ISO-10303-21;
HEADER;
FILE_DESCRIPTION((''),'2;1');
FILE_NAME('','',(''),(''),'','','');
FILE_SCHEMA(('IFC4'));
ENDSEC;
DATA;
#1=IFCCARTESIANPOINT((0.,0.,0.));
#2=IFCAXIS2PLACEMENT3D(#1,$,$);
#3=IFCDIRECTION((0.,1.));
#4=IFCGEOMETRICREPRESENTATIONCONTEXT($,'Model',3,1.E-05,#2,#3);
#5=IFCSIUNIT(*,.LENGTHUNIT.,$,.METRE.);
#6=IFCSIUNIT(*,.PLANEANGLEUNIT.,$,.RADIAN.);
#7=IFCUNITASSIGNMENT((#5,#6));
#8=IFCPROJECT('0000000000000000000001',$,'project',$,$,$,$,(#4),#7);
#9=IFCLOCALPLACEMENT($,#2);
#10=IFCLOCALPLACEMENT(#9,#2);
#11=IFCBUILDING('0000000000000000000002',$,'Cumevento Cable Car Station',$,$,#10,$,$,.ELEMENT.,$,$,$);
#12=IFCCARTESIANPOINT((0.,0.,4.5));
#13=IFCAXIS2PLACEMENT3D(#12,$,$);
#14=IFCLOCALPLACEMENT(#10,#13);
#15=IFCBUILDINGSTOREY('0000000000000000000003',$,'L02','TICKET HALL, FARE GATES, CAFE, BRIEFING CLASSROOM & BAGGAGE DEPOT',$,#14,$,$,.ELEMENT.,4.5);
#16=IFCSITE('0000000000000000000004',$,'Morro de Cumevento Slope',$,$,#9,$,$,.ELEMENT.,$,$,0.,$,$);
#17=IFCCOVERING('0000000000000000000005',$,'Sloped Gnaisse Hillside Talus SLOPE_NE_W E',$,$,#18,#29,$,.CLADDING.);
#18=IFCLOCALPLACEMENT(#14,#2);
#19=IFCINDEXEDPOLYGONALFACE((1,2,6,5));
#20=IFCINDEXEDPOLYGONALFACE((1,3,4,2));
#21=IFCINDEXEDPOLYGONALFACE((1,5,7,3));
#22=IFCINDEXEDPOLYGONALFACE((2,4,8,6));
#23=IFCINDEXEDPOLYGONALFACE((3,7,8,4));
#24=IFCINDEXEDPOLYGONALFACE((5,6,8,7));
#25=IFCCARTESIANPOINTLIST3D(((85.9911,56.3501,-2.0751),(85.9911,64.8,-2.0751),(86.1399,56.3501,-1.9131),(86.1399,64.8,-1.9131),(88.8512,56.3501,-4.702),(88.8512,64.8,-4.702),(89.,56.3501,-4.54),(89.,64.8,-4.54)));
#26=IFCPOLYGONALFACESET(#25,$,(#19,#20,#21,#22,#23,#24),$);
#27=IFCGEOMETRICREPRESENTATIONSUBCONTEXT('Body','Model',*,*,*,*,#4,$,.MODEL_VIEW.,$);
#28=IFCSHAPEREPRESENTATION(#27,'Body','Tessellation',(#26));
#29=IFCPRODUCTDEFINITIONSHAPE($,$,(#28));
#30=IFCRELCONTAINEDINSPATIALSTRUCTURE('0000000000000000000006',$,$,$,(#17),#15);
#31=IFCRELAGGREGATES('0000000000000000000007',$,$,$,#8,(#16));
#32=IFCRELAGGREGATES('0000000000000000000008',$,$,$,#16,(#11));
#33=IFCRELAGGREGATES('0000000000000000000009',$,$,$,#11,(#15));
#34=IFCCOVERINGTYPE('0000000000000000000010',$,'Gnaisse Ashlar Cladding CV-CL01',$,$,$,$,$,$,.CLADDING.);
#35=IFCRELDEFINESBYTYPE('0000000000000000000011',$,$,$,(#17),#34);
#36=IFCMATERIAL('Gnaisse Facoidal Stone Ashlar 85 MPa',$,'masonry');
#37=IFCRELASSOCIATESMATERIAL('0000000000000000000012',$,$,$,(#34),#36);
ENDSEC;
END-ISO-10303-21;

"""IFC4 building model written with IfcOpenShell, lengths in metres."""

from ifc_helpers import new_model, si_unit, direction, frame, origin, place, context, subcontext, project, spatial, polyline, outline, extrude, material, type_object, element, save


model = new_model("IFC4")

# Units and contexts
model_context = context("Model", 3, precision=1e-05, world=origin(), true_north=direction((0.0, 1.0)))
body_context = subcontext(model_context, "Body", "Model", "MODEL_VIEW")
ifc_project = project(units=[si_unit("LENGTHUNIT", "METRE"), si_unit("PLANEANGLEUNIT", "RADIAN")], contexts=[model_context])

# Site, building, storey
site_placement = place(None, origin())
site = spatial("IfcSite", under=ifc_project, at=site_placement, Name="Morro de Cumevento Slope", CompositionType="ELEMENT", RefElevation=0.0)
building_placement = place(site_placement, origin())
building = spatial("IfcBuilding", under=site, at=building_placement, Name="Cumevento Cable Car Station", CompositionType="ELEMENT")
storey_placement = place(building_placement, frame((0.0, 0.0, 4.5)))
storey = spatial("IfcBuildingStorey", under=building, at=storey_placement, Name="L02", Description="TICKET HALL, FARE GATES, CAFE, BRIEFING CLASSROOM & BAGGAGE DEPOT", CompositionType="ELEMENT", Elevation=4.5)

# Covering
ifc_material_1 = material(Name="Gnaisse Facoidal Stone Ashlar 85 MPa", Category="masonry")
covering_type = type_object("IfcCoveringType", Name="Gnaisse Ashlar Cladding CV-CL01", PredefinedType="CLADDING", material=ifc_material_1)
covering_1_placement = place(storey_placement, frame((89.0, 56.3501, -4.54), z_axis=(0.67645, 0.0, 0.736488), x_axis=(0.0, 1.0, 0.0)))
element("IfcCovering", 1, at=covering_1_placement, inside=storey, type_object=covering_type, Name="Sloped Gnaisse Hillside Talus SLOPE_NE_W E", PredefinedType="CLADDING", context=body_context, shape_type="SweptSolid", body=[
    extrude(outline(polyline([(0.0, 0.0), (8.45, 0.0), (8.45, 3.8834), (0.0, 3.8834), (0.0, 0.0)])), origin(), (0.0, 0.0, -1.0), 0.22),
])

save(model, "model.ifc")
